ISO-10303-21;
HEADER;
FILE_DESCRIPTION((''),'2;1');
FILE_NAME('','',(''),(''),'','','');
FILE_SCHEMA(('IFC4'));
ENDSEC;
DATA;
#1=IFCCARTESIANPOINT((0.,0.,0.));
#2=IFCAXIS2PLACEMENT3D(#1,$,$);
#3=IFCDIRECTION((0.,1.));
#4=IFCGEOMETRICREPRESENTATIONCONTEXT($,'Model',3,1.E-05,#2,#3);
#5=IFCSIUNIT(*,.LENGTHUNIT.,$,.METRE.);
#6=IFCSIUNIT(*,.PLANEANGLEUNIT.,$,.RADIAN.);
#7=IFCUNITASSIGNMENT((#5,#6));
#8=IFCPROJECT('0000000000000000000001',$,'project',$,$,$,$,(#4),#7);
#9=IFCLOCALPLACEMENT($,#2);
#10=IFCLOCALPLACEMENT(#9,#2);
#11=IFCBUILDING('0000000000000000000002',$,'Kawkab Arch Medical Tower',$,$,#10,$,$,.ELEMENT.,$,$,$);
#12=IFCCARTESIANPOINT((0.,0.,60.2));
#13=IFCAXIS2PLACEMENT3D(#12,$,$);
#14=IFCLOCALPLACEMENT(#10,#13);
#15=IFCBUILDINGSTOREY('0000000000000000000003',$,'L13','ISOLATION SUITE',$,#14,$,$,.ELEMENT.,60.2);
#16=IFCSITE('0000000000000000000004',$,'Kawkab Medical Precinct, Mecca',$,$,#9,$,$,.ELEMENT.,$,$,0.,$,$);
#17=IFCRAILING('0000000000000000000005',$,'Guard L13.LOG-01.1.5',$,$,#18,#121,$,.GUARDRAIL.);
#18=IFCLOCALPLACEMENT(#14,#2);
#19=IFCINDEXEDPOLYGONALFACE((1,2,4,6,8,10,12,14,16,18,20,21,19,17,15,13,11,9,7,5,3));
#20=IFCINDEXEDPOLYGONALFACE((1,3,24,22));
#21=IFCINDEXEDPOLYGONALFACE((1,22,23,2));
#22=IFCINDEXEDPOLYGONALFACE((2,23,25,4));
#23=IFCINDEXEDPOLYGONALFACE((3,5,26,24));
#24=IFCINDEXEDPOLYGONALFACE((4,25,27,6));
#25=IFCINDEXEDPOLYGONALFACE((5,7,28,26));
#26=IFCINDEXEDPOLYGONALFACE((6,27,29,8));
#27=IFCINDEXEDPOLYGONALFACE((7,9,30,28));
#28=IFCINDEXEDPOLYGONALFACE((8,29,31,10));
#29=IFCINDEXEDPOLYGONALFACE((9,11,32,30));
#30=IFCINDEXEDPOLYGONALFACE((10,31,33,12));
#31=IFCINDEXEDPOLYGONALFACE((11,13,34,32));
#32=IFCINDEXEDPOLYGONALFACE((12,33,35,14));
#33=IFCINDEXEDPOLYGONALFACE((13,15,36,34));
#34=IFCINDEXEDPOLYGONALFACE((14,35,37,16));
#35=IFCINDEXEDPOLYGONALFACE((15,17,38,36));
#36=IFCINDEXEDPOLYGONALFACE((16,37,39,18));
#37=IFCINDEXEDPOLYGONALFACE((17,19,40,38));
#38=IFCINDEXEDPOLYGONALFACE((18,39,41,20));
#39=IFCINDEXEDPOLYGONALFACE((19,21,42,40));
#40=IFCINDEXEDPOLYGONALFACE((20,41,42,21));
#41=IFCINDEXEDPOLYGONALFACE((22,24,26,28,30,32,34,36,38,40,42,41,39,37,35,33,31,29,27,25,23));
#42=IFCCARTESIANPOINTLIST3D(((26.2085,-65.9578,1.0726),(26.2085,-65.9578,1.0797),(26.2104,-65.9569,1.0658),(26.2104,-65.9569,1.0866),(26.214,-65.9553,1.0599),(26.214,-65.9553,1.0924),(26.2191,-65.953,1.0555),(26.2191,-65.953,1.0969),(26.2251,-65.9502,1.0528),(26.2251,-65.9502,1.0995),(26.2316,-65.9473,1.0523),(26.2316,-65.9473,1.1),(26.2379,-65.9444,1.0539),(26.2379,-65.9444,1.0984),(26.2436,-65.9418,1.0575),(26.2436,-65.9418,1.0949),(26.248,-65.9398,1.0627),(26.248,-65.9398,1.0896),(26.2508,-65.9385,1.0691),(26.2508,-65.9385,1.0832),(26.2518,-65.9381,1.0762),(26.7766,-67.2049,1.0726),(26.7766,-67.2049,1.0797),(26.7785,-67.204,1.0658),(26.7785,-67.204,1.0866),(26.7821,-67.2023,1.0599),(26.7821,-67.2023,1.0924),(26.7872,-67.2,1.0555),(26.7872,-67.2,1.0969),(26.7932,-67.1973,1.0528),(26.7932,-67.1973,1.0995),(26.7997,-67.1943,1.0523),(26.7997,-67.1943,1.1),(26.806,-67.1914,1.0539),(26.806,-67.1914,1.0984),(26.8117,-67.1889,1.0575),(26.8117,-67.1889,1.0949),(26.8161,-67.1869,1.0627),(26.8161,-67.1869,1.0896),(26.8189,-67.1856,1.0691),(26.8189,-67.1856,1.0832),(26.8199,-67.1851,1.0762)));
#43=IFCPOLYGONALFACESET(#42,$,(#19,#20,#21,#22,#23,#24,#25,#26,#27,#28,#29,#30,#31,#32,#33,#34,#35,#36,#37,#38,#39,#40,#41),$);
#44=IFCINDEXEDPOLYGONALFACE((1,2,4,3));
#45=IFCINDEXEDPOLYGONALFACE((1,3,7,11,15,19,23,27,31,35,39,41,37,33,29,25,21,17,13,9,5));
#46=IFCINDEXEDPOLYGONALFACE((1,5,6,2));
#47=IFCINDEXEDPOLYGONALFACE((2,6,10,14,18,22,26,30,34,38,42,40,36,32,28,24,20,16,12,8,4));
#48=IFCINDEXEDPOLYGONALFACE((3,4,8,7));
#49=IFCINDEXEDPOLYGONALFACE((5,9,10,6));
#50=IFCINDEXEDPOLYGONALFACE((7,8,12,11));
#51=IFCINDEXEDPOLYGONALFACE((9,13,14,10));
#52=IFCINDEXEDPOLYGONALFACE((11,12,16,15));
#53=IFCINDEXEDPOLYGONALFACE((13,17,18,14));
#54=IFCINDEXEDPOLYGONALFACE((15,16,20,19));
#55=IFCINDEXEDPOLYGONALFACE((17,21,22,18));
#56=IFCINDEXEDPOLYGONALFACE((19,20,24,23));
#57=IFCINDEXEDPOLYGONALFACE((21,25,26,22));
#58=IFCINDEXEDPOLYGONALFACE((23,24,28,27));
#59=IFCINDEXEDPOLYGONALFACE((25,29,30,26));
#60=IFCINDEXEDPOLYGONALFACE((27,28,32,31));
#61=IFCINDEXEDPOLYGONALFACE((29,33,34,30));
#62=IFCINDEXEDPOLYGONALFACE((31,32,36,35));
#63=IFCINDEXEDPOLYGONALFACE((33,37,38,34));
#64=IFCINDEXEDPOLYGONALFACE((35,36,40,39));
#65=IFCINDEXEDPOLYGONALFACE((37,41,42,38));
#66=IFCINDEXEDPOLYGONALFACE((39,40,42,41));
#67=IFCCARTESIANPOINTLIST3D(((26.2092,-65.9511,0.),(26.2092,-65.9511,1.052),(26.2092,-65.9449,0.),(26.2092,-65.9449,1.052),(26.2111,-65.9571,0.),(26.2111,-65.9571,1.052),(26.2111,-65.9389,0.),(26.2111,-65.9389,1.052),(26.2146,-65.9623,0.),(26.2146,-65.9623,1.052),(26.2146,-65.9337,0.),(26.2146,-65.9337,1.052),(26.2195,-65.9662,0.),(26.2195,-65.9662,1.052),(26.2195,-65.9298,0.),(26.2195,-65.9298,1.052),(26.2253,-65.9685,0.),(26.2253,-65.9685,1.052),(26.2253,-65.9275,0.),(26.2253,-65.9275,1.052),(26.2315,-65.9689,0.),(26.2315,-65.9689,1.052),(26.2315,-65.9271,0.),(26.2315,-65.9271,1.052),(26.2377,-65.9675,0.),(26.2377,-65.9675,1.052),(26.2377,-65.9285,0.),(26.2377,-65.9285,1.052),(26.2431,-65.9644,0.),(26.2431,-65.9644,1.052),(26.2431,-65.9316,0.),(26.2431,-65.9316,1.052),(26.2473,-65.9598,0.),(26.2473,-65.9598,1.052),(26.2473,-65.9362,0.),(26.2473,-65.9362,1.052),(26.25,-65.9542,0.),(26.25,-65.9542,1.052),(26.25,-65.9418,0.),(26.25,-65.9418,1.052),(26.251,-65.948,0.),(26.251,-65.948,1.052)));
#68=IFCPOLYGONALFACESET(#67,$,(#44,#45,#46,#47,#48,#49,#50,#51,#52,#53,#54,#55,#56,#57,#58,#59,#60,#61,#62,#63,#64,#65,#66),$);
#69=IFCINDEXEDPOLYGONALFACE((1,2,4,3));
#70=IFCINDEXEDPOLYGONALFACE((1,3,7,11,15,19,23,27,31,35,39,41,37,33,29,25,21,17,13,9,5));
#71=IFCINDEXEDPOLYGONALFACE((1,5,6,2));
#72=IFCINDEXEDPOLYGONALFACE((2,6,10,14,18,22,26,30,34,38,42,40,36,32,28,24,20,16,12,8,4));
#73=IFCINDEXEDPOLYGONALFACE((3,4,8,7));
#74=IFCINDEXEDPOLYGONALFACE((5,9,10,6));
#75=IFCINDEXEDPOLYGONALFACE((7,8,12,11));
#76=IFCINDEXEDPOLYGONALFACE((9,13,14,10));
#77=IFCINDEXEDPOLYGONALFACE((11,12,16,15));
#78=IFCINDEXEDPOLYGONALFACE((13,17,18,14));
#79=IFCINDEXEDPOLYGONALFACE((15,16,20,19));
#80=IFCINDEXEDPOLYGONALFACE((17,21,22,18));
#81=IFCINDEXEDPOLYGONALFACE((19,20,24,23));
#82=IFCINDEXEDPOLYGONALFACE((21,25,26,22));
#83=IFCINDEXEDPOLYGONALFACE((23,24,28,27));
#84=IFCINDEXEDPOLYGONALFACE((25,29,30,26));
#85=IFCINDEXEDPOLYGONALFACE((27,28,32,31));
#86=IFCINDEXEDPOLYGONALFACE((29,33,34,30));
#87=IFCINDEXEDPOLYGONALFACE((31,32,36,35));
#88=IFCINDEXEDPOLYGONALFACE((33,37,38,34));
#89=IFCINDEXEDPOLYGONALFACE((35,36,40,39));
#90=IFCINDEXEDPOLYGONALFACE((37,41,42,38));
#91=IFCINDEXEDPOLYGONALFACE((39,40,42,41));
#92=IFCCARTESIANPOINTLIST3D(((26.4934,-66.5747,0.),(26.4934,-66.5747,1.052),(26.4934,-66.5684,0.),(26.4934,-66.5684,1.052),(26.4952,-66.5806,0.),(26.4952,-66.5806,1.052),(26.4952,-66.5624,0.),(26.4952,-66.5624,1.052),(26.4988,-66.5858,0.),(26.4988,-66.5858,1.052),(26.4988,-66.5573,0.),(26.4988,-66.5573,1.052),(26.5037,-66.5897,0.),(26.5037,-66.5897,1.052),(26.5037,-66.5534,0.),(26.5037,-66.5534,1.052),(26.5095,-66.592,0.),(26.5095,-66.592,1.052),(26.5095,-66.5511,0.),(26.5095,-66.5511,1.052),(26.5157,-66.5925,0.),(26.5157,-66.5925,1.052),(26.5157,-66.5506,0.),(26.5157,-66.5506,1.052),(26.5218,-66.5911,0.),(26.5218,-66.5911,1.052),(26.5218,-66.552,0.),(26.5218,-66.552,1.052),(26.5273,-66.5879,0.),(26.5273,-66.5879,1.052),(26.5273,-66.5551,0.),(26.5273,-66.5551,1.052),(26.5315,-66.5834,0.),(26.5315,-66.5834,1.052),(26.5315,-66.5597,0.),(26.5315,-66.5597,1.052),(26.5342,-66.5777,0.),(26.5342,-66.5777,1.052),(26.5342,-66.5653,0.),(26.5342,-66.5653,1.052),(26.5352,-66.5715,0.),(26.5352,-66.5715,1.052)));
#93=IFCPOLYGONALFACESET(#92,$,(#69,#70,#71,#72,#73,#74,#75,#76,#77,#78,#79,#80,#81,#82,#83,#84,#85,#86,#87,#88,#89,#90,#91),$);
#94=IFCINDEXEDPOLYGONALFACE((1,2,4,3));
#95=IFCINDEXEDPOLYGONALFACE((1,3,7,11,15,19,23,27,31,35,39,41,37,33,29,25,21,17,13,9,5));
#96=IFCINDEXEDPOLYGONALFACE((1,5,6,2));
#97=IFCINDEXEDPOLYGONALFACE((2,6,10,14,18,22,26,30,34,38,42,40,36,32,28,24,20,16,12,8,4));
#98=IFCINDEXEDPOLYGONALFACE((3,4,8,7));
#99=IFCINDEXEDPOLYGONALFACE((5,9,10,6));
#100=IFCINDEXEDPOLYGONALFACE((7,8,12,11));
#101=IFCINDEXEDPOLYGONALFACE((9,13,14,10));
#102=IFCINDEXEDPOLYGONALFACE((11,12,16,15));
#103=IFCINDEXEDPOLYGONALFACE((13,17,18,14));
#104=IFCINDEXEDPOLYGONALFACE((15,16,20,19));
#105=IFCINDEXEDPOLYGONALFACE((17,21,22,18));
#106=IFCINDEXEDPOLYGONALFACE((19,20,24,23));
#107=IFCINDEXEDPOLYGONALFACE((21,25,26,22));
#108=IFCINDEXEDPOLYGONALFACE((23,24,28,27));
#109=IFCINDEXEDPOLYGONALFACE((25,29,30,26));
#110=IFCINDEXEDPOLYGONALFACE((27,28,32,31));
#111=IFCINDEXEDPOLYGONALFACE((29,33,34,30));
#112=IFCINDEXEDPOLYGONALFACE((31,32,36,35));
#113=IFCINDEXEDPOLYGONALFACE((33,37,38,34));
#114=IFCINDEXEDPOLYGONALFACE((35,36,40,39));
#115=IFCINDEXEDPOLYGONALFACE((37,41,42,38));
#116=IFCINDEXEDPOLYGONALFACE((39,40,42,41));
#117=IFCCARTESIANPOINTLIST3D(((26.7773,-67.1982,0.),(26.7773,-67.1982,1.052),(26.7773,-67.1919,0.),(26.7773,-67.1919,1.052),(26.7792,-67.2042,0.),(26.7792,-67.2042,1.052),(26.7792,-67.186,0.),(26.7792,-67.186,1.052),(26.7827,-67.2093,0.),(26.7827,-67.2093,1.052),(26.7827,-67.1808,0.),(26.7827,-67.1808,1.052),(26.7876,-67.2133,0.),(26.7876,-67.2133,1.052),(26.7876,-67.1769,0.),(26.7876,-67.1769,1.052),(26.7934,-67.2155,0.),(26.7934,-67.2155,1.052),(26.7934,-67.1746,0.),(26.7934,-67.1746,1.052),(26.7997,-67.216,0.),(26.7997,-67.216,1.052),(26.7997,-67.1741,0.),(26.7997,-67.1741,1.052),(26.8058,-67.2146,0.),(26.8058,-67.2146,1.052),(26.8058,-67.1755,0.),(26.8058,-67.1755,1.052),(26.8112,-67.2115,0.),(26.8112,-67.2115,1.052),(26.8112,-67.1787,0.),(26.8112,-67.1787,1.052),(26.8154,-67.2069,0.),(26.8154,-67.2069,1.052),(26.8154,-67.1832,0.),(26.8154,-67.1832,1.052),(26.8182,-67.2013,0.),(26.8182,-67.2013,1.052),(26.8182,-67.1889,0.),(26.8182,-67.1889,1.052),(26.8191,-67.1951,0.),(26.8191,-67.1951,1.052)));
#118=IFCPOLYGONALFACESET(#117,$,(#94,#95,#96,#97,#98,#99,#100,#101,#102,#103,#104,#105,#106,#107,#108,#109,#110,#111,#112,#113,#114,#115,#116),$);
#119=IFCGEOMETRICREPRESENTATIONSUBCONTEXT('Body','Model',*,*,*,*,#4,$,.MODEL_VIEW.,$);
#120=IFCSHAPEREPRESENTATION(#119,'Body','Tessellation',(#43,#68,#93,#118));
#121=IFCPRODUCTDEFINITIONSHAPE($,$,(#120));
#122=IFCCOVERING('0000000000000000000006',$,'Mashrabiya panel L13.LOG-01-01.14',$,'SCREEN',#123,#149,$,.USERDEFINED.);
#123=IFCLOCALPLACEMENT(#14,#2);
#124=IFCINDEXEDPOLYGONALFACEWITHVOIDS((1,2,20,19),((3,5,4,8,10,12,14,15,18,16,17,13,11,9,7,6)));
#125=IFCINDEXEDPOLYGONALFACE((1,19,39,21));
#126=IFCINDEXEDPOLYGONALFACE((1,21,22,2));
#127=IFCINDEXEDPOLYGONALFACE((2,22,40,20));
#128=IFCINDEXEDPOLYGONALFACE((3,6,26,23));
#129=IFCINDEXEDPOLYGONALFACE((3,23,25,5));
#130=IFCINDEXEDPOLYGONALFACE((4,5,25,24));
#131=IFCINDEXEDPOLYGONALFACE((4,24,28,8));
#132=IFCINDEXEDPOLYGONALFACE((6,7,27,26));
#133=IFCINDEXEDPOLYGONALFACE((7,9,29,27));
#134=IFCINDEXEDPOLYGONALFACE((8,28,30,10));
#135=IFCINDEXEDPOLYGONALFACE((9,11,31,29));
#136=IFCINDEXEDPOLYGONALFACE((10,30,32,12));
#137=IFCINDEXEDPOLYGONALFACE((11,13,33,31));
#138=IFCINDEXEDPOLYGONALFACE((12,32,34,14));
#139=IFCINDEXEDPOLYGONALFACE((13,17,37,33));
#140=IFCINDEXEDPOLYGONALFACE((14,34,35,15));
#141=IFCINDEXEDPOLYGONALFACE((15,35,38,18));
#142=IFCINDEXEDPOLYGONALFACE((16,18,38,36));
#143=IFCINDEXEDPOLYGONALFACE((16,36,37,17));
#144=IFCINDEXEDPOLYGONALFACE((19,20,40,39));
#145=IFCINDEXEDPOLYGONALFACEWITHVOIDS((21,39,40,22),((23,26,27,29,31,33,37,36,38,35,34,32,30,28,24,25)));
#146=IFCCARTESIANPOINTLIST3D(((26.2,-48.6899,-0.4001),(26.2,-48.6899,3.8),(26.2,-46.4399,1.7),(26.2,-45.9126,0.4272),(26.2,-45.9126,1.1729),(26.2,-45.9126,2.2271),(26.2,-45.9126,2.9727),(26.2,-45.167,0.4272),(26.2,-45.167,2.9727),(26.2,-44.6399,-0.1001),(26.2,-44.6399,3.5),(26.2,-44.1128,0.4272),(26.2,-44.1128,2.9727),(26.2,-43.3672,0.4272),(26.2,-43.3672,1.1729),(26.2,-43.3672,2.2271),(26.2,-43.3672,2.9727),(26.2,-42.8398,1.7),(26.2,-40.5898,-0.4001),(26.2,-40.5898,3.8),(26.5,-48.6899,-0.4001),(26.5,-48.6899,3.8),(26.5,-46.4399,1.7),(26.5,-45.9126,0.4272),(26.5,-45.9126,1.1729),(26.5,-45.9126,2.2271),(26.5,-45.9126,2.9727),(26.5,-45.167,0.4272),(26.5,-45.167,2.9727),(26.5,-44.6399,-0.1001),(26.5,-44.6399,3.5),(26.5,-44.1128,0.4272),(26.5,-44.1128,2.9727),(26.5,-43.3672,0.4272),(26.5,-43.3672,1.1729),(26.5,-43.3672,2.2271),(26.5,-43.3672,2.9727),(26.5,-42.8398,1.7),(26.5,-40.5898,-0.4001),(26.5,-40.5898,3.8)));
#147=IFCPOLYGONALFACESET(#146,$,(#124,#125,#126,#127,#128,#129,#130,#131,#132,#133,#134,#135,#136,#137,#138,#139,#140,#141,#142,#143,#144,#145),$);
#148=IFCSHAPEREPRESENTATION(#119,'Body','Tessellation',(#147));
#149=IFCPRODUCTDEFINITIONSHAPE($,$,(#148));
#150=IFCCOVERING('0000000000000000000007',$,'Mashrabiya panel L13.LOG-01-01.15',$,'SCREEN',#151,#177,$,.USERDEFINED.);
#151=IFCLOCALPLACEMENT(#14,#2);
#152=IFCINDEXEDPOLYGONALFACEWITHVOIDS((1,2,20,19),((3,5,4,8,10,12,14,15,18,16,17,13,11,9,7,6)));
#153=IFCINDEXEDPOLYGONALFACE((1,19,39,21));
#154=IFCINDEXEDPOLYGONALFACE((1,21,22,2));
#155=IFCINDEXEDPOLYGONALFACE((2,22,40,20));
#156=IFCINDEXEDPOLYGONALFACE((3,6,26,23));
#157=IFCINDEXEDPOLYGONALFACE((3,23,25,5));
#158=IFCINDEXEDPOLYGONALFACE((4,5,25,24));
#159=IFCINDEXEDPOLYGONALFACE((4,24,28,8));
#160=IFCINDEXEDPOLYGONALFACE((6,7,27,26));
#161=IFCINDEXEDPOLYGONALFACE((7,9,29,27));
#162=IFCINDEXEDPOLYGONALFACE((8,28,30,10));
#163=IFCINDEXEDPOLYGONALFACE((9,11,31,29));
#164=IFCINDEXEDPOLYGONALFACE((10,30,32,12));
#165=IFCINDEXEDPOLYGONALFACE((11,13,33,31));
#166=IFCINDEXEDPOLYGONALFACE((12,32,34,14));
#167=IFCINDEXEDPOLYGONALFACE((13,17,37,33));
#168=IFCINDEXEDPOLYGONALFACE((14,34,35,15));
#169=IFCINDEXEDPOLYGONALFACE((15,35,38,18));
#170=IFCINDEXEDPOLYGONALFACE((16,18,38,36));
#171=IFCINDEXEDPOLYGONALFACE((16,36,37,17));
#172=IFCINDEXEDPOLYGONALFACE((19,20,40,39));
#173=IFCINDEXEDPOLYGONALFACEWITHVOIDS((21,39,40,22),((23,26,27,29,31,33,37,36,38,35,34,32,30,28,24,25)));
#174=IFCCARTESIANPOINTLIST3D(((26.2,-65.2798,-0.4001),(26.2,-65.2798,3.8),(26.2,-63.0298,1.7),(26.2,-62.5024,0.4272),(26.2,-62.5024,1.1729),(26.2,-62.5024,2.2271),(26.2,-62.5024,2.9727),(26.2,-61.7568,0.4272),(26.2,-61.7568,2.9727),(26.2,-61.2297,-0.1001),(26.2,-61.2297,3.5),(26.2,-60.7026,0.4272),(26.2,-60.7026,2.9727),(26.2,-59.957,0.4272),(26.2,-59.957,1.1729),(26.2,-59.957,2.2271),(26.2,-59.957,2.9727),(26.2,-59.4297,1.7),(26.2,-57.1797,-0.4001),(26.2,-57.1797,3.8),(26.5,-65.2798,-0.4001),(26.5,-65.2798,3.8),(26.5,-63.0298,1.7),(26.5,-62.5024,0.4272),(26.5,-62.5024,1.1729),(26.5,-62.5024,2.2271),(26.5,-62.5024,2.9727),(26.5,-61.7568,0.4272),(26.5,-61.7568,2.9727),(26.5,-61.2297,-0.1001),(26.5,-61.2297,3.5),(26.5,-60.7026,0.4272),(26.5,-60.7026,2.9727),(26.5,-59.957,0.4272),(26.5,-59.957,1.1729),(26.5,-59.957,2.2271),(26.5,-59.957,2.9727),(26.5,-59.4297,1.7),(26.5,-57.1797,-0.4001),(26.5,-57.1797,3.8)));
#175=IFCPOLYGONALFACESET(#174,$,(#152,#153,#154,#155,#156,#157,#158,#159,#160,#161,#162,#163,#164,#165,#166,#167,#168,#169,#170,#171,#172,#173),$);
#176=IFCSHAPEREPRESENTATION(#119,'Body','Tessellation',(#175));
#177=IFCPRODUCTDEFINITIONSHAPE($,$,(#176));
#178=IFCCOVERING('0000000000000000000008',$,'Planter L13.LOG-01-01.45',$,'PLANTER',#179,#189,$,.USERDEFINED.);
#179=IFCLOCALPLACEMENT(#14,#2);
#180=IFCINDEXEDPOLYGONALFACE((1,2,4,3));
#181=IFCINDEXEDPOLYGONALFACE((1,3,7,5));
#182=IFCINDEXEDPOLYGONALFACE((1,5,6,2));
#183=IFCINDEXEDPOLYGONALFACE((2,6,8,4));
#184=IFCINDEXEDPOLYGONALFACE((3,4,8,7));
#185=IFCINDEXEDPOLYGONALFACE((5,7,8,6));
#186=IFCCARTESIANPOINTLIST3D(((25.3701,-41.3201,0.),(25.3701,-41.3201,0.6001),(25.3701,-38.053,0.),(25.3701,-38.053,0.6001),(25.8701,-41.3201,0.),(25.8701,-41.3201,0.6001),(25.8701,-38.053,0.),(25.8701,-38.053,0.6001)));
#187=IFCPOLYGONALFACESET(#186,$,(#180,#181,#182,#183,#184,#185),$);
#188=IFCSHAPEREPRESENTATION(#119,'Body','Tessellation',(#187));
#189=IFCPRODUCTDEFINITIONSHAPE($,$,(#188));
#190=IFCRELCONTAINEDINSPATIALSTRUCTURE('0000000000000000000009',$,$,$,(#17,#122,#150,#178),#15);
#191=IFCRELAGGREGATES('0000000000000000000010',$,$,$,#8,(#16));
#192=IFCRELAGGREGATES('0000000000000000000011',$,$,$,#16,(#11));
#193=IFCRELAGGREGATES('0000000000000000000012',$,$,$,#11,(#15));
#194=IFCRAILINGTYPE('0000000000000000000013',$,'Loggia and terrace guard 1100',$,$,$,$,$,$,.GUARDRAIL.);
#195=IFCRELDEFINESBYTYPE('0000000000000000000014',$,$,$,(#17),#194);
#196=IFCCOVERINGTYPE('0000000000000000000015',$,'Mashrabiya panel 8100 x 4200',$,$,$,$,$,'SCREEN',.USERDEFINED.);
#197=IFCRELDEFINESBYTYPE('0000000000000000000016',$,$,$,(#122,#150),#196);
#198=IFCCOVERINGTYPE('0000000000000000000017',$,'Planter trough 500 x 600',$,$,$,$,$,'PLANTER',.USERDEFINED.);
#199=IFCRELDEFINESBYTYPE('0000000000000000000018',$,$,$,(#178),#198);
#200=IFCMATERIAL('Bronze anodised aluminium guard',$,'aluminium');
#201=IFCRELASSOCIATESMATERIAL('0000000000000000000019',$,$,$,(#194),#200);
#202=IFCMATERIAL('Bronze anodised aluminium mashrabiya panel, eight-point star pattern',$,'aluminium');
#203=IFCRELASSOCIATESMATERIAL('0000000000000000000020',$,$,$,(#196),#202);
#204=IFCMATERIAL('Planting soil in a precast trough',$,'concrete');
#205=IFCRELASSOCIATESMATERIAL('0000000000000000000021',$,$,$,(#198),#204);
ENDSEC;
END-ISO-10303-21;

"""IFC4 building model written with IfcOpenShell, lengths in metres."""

from ifc_helpers import new_model, si_unit, direction, frame, origin, origin_2d, place, context, subcontext, project, spatial, polyline, rectangle, circle, outline, extrude, material, material_profile, profile_set, type_object, element, save


model = new_model("IFC4")

# Units and contexts
model_context = context("Model", 3, precision=1e-05, world=origin(), true_north=direction((0.0, 1.0)))
body_context = subcontext(model_context, "Body", "Model", "MODEL_VIEW")
ifc_project = project(units=[si_unit("LENGTHUNIT", "METRE"), si_unit("PLANEANGLEUNIT", "RADIAN")], contexts=[model_context])

# Site, building, storey
site_placement = place(None, origin())
site = spatial("IfcSite", under=ifc_project, at=site_placement, Name="Kawkab Medical Precinct, Mecca", CompositionType="ELEMENT", RefElevation=0.0)
building_placement = place(site_placement, origin())
building = spatial("IfcBuilding", under=site, at=building_placement, Name="Kawkab Arch Medical Tower", CompositionType="ELEMENT")
storey_placement = place(building_placement, frame((0.0, 0.0, 60.2)))
storey = spatial("IfcBuildingStorey", under=building, at=storey_placement, Name="L13", Description="ISOLATION SUITE", CompositionType="ELEMENT", Elevation=60.2)

# Railing
ifc_material_1 = material(Name="Bronze anodised aluminium guard", Category="aluminium")
railing_type_1 = type_object("IfcRailingType", Name="Loggia and terrace guard 1100", PredefinedType="GUARDRAIL", material=ifc_material_1)
railing_1_placement = place(storey_placement, frame((26.23, -65.948, 0.0)))
element("IfcRailing", 1, at=railing_1_placement, inside=storey, type_object=railing_type_1, Name="Guard L13.LOG-01.1.5", PredefinedType="GUARDRAIL", context=body_context, shape_type="SweptSolid", body=[
    extrude(circle(Radius=0.0239, at=origin_2d()), frame((0.0, 0.0, 1.0762), z_axis=(0.414568, -0.910018, 0.0), x_axis=(0.910018, 0.414568, 0.0)), (0.0, 0.0, 1.0), 1.3704),
    extrude(circle(Radius=0.021, at=origin_2d()), origin(), (0.0, 0.0, 1.0), 1.052),
    extrude(circle(Radius=0.021, at=origin_2d()), frame((0.2842, -0.6235, 0.0)), (0.0, 0.0, 1.0), 1.052),
    extrude(circle(Radius=0.021, at=origin_2d()), frame((0.5681, -1.2471, 0.0)), (0.0, 0.0, 1.0), 1.052),
])

# Coverings
ifc_material_2 = material(Name="Bronze anodised aluminium mashrabiya panel, eight-point star pattern", Category="aluminium")
ifc_material_profile_1 = material_profile(ifc_material_2, outline(polyline([(-4.05, -2.1001), (4.05, -2.1001), (4.05, 2.1001), (-4.05, 2.1001), (-4.05, -2.1001)]), holes=[polyline([(1.8, 0.0), (1.2727, 0.5271), (1.2727, 1.2727), (0.5271, 1.2727), (0.0, 1.8), (-0.5271, 1.2727), (-1.2727, 1.2727), (-1.2727, 0.5271), (-1.8, 0.0), (-1.2727, -0.5271), (-1.2727, -1.2727), (-0.5271, -1.2727), (0.0, -1.8), (0.5271, -1.2727), (1.2727, -1.2727), (1.2727, -0.5271), (1.8, 0.0)])]), Name="Mashrabiya panel 8100x4200")
ifc_profile_set_1 = profile_set([ifc_material_profile_1], Name="Bronze anodised aluminium mashrabiya panel, eight-point star pattern")
covering_type_1 = type_object("IfcCoveringType", Name="Mashrabiya panel 8100 x 4200", ElementType="SCREEN", PredefinedType="USERDEFINED", material=ifc_profile_set_1)
for number, where, z_axis, x_axis, name in (
    (2, (26.2, -44.6399, 1.7), (1.0, 0.0, 0.0), (0.0, 1.0, 0.0), "Mashrabiya panel L13.LOG-01-01.14"),
    (3, (26.2, -61.2297, 1.7), (1.0, 0.0, 0.0), (0.0, 1.0, 0.0), "Mashrabiya panel L13.LOG-01-01.15"),
):
    element("IfcCovering", number, at=place(storey_placement, frame(where, z_axis=z_axis, x_axis=x_axis)), inside=storey, type_object=covering_type_1, Name=name, ObjectType="SCREEN", PredefinedType="USERDEFINED", context=body_context, shape_type="SweptSolid", body=[
        extrude(outline(polyline([(-4.05, -2.1001), (4.05, -2.1001), (4.05, 2.1001), (-4.05, 2.1001), (-4.05, -2.1001)]), holes=[polyline([(1.8, 0.0), (1.2727, 0.5271), (1.2727, 1.2727), (0.5271, 1.2727), (0.0, 1.8), (-0.5271, 1.2727), (-1.2727, 1.2727), (-1.2727, 0.5271), (-1.8, 0.0), (-1.2727, -0.5271), (-1.2727, -1.2727), (-0.5271, -1.2727), (0.0, -1.8), (0.5271, -1.2727), (1.2727, -1.2727), (1.2727, -0.5271), (1.8, 0.0)])]), origin(), (0.0, 0.0, 1.0), 0.3),
    ])
ifc_material_3 = material(Name="Planting soil in a precast trough", Category="concrete")
ifc_material_profile_2 = material_profile(ifc_material_3, rectangle(XDim=0.5, YDim=0.6001, at=origin_2d()), Name="Trough 500x600")
ifc_profile_set_2 = profile_set([ifc_material_profile_2], Name="Planting soil in a precast trough")
covering_type_2 = type_object("IfcCoveringType", Name="Planter trough 500 x 600", ElementType="PLANTER", PredefinedType="USERDEFINED", material=ifc_profile_set_2)
covering_1_placement = place(storey_placement, frame((25.6201, -38.053, 0.3), z_axis=(0.0, -1.0, 0.0), x_axis=(1.0, 0.0, 0.0)))
element("IfcCovering", 4, at=covering_1_placement, inside=storey, type_object=covering_type_2, Name="Planter L13.LOG-01-01.45", ObjectType="PLANTER", PredefinedType="USERDEFINED", context=body_context, shape_type="SweptSolid", body=[
    extrude(rectangle(XDim=0.5, YDim=0.6001, at=origin_2d()), origin(), (0.0, 0.0, 1.0), 3.2671),
])

save(model, "model.ifc")
